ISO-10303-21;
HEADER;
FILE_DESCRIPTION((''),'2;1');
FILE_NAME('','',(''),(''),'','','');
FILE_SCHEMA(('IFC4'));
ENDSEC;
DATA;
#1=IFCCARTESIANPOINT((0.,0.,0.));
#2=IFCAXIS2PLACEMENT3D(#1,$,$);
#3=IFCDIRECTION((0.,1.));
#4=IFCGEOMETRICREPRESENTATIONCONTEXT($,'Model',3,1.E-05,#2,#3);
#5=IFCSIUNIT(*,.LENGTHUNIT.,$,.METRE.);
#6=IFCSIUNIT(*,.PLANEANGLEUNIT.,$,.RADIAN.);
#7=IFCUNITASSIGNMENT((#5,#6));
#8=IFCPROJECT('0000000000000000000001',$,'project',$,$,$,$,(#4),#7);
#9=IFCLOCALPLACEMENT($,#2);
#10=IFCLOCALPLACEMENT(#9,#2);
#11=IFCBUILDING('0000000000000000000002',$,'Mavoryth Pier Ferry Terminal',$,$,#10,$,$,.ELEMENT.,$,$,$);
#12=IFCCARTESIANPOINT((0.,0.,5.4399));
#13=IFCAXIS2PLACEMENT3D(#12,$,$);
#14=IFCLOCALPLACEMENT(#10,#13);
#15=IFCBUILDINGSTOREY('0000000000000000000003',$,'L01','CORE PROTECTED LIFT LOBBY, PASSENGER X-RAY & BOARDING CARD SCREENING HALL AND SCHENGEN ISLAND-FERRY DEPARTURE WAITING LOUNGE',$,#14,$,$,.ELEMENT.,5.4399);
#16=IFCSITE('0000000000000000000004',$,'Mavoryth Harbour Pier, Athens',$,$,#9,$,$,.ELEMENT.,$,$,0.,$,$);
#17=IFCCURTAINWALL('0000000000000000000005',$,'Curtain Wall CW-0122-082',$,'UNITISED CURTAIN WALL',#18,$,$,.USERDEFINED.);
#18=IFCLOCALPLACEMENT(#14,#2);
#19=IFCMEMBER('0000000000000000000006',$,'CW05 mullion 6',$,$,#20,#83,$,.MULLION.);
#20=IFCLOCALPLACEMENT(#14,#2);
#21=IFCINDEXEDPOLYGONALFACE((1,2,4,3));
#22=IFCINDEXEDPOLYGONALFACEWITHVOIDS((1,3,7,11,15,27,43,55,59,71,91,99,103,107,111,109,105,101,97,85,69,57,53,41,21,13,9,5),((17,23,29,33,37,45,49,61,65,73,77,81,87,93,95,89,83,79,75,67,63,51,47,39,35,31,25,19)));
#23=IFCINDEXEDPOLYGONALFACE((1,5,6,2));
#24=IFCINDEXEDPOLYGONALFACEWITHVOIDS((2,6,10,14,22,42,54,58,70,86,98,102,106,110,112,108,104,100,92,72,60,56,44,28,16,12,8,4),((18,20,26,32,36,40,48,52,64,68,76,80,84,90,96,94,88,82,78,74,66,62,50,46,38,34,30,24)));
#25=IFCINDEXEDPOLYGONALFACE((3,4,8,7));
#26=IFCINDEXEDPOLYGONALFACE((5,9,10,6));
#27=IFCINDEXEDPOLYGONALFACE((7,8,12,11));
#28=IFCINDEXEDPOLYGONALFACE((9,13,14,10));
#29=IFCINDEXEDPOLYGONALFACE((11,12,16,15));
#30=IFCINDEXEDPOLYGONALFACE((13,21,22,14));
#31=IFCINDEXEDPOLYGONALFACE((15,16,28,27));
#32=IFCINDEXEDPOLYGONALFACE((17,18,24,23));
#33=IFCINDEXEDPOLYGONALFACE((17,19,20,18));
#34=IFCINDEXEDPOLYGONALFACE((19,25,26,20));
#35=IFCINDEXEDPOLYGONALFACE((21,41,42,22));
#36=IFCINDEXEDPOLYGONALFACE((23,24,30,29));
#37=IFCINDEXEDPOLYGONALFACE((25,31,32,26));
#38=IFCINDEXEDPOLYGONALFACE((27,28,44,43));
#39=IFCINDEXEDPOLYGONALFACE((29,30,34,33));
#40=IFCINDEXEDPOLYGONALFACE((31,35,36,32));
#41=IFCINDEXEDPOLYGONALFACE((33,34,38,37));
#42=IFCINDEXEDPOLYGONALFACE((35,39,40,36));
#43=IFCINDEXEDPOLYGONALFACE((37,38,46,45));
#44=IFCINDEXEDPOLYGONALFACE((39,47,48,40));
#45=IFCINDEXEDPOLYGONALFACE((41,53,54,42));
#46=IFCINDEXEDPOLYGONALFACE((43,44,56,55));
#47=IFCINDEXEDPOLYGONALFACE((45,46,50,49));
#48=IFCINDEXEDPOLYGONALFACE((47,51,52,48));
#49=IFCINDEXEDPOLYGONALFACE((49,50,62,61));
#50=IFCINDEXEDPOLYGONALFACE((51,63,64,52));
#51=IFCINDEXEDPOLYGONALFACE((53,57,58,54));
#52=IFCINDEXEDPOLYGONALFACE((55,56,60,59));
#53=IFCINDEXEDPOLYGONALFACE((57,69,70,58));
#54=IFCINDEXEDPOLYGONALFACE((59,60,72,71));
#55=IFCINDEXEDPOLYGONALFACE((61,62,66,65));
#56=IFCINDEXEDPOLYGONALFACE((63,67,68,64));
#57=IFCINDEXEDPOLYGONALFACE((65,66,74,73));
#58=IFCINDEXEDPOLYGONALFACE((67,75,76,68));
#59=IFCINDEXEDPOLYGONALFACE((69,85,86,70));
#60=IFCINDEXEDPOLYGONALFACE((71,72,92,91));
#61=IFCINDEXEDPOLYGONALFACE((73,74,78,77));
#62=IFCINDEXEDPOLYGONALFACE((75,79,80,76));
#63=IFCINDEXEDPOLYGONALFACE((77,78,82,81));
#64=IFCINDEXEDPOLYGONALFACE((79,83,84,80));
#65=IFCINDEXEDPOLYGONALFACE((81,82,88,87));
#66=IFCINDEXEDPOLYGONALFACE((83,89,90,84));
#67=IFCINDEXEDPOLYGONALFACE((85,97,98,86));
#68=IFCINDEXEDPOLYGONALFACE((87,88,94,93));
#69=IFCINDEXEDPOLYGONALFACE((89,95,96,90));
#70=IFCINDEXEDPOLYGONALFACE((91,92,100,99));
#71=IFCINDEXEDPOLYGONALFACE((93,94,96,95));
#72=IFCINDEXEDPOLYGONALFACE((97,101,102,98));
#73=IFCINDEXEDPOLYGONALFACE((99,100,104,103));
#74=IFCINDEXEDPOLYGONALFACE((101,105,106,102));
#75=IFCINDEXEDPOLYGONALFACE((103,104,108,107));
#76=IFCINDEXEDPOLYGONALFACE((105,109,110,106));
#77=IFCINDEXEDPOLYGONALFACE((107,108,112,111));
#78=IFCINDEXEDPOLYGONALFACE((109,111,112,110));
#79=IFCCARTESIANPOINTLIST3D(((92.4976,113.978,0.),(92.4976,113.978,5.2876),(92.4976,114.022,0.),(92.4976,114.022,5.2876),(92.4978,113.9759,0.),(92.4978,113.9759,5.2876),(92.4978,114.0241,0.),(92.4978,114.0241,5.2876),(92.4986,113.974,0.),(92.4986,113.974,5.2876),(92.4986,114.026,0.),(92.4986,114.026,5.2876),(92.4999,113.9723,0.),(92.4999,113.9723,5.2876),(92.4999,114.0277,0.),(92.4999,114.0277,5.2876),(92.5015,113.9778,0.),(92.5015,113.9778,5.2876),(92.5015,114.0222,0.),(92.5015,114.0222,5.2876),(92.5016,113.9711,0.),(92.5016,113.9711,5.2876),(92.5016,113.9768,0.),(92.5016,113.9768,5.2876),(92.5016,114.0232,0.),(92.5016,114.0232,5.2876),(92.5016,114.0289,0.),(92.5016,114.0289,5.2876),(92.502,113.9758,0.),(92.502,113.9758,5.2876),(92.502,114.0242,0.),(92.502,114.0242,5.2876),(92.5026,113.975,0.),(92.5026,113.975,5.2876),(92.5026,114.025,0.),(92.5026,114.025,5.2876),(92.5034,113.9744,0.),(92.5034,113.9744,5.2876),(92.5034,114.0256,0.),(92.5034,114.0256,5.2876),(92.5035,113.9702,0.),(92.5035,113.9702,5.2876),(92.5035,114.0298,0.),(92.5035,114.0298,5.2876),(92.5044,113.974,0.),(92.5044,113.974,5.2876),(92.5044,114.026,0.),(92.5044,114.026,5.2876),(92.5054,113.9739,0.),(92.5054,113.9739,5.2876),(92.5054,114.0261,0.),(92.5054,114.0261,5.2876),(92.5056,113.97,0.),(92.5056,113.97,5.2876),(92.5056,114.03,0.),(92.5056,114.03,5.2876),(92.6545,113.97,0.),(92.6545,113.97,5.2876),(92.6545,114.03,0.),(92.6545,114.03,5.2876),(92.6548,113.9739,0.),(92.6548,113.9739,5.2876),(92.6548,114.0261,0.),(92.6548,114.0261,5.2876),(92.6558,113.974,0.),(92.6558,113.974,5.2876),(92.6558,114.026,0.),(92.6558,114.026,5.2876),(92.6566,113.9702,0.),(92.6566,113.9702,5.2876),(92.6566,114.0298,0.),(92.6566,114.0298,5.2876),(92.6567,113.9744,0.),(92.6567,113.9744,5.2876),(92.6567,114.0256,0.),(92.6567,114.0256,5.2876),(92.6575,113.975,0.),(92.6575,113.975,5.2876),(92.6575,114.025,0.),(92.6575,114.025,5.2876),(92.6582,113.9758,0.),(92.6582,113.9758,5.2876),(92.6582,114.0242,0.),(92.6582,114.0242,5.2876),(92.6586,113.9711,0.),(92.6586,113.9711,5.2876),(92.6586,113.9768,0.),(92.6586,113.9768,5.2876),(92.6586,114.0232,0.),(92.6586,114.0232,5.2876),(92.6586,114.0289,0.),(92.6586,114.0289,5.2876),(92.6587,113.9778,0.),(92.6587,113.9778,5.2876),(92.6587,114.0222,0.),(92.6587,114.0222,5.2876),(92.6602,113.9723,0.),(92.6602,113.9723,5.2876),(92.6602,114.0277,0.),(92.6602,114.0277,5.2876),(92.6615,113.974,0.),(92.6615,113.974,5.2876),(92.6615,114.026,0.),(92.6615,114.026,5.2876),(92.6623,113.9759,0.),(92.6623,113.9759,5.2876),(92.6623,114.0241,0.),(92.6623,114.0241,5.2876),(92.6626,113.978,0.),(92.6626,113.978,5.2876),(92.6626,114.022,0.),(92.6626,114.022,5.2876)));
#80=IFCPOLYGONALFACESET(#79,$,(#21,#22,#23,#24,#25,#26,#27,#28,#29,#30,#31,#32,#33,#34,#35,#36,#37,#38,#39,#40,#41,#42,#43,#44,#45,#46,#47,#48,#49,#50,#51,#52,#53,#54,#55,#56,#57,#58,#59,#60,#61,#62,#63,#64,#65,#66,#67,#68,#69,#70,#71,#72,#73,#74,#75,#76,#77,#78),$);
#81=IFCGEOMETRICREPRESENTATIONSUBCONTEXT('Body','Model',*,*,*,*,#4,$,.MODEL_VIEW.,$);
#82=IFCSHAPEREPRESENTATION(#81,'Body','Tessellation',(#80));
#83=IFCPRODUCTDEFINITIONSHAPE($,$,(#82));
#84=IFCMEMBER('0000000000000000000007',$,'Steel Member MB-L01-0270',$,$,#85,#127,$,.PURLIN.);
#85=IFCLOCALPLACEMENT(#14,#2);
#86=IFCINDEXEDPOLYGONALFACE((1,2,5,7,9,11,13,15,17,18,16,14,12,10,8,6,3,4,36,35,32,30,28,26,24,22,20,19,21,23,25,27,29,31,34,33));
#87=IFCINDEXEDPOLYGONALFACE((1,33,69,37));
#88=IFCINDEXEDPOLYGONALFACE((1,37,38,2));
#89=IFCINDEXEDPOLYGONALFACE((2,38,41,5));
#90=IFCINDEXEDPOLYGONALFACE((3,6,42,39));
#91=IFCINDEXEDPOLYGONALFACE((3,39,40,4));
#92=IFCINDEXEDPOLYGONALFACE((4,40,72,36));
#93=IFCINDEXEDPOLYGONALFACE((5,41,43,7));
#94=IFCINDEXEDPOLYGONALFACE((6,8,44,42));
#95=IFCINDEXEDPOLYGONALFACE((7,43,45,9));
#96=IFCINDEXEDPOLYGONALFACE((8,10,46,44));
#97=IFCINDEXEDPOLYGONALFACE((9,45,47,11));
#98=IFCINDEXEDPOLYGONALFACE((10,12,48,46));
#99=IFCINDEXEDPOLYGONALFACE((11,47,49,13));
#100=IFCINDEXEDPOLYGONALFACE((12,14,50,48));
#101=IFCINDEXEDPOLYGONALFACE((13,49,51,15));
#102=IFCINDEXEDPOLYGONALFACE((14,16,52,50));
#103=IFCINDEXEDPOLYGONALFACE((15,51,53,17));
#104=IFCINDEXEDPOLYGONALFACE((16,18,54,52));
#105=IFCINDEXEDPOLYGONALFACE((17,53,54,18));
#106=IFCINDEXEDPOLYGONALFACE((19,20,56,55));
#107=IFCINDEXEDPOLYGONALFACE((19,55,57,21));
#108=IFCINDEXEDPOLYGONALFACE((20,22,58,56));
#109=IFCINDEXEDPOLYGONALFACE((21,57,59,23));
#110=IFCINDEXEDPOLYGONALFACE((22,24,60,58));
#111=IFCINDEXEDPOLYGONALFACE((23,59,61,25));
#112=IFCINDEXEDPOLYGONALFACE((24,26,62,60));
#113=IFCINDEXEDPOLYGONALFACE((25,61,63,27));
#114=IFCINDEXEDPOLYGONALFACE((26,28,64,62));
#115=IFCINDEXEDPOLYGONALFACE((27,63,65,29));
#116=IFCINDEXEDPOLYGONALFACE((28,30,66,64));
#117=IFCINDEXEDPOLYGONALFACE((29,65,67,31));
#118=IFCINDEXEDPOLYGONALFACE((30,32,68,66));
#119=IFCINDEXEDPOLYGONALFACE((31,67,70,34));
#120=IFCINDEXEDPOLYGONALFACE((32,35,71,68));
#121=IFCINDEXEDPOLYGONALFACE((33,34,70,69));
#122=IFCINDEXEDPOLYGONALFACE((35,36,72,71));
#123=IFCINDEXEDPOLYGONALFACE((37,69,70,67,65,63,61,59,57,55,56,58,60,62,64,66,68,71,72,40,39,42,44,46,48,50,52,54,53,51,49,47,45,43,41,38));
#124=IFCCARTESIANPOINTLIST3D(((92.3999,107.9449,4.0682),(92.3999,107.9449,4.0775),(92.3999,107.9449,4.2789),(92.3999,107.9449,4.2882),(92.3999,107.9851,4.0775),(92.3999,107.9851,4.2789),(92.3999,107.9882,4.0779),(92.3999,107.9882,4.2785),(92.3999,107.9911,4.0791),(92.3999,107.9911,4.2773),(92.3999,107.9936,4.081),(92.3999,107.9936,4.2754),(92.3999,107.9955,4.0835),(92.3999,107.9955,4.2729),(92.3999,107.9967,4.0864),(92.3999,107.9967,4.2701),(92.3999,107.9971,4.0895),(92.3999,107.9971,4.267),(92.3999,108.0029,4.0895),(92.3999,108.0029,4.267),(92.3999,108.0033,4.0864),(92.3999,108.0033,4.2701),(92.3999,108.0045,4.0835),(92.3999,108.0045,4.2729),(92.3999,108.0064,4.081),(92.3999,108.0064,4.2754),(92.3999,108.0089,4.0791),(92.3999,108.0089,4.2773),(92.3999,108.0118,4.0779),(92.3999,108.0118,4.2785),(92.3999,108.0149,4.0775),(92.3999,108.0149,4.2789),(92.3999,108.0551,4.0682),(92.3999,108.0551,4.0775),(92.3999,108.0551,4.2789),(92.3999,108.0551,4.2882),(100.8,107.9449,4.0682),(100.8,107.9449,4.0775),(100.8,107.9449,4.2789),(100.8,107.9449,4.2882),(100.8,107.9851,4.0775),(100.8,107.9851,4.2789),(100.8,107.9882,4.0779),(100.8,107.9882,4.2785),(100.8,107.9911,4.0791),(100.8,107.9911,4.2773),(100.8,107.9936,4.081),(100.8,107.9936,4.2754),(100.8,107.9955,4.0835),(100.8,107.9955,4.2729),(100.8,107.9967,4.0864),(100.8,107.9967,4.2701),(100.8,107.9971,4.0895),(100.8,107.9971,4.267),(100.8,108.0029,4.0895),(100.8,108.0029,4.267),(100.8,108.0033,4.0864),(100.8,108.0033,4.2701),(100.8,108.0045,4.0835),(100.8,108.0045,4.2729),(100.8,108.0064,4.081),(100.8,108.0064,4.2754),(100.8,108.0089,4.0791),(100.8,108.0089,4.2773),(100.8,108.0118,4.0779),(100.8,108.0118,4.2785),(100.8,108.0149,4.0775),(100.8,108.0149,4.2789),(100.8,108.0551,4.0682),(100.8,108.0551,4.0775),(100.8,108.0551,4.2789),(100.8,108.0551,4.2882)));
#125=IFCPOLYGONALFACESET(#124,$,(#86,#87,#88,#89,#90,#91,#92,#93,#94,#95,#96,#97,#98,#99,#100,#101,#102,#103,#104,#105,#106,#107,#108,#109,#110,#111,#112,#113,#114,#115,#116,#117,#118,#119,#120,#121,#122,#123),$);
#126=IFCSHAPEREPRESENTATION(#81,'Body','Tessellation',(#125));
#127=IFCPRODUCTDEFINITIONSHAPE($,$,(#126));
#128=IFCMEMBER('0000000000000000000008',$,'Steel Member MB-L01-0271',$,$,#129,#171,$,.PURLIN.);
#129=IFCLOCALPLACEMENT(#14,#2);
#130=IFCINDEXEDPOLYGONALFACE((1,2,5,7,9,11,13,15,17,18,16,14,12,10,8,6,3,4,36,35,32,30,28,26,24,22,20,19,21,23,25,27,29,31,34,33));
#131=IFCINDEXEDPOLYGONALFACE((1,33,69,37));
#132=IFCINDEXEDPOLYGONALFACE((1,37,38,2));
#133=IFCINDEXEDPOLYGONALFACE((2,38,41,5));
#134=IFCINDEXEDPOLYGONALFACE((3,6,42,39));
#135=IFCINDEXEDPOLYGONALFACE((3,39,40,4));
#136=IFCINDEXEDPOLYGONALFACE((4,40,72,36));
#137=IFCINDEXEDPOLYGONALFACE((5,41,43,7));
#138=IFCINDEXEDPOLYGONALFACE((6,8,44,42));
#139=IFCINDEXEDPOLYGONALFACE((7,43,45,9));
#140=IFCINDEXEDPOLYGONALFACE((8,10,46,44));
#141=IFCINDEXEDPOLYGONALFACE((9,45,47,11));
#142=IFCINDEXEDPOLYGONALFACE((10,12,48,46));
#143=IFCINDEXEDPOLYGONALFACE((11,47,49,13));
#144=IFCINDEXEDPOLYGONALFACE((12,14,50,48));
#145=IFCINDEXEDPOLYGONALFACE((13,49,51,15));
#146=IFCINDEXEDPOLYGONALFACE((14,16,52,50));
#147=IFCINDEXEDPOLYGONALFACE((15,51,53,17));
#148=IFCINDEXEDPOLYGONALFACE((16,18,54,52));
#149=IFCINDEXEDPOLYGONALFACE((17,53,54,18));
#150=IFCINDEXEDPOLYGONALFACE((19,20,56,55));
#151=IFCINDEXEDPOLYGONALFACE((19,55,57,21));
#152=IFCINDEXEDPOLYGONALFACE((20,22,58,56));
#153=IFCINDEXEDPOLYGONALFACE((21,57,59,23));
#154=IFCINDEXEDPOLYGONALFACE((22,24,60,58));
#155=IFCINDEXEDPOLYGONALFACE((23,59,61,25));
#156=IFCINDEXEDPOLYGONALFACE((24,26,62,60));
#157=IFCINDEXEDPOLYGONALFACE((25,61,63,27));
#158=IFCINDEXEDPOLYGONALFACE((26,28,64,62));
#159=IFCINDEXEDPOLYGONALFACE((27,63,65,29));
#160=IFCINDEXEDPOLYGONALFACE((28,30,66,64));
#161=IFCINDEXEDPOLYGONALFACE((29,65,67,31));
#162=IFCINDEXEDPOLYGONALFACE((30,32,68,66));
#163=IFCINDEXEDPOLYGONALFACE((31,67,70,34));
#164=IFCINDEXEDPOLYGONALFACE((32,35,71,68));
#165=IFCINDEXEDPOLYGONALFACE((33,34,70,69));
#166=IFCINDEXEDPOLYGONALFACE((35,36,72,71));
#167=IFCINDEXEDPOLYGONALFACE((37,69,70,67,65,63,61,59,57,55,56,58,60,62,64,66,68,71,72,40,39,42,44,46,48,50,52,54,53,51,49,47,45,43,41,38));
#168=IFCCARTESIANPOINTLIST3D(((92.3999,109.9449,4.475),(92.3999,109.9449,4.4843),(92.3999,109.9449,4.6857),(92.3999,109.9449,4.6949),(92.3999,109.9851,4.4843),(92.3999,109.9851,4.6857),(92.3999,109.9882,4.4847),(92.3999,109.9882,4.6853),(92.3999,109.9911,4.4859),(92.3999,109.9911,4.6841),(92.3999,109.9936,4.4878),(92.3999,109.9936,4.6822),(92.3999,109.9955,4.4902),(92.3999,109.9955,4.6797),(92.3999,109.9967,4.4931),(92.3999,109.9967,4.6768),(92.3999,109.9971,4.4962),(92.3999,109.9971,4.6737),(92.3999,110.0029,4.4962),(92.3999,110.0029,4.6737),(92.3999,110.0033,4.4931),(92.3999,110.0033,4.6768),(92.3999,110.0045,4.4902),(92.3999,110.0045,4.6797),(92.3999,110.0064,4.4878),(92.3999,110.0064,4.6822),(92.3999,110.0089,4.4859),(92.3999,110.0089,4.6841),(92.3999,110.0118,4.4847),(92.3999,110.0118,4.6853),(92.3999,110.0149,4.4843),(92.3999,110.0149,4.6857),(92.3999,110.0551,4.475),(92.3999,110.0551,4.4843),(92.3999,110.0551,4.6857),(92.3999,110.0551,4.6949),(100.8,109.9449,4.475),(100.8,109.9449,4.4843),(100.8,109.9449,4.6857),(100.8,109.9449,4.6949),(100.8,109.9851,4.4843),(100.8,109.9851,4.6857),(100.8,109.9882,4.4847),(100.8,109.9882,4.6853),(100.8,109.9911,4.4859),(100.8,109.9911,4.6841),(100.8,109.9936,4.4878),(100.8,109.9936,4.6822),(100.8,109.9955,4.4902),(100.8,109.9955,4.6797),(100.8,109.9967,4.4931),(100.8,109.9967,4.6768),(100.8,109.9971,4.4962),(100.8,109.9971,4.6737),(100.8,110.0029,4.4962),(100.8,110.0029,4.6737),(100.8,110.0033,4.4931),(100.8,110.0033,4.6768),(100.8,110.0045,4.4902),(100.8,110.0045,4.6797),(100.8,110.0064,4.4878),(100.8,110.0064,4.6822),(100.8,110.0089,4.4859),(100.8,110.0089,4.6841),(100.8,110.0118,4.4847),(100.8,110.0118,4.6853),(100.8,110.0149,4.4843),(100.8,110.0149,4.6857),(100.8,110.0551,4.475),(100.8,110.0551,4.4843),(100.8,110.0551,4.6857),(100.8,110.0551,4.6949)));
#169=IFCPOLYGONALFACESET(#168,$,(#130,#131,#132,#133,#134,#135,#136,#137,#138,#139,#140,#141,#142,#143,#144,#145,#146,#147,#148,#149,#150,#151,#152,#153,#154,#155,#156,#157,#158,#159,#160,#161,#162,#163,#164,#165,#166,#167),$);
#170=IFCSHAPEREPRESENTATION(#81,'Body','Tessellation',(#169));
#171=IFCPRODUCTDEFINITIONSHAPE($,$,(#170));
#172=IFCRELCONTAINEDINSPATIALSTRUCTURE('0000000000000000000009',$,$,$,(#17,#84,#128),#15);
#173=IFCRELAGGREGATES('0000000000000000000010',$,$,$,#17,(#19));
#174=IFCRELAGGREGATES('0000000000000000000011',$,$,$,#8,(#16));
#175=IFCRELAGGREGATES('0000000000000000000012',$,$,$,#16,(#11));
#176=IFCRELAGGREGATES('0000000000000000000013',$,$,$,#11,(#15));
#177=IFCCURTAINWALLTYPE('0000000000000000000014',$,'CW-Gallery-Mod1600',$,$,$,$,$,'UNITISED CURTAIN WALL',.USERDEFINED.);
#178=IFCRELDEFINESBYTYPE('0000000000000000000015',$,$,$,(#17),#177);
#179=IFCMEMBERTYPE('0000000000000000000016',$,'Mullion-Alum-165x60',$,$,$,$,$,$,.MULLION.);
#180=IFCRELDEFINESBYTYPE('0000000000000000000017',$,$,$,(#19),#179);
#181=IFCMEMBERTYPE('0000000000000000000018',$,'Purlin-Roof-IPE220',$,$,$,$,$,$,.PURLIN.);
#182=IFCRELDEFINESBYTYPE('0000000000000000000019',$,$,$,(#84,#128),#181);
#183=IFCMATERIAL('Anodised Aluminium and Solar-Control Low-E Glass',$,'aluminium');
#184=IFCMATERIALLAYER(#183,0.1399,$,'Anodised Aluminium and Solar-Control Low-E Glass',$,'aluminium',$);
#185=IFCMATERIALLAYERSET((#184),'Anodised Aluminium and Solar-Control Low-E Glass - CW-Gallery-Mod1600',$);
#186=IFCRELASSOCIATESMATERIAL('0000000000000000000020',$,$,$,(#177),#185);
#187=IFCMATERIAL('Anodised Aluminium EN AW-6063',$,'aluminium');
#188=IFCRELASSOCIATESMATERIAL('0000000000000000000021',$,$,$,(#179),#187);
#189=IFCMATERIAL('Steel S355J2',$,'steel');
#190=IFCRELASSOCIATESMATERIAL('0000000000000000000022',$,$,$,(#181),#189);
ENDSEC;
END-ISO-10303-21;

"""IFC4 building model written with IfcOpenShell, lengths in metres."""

from ifc_helpers import new_model, si_unit, direction, frame, origin, origin_2d, place, context, subcontext, project, spatial, hollow_rectangle, i_section, extrude, material, layer, layer_set, material_profile, profile_set, type_object, element, aggregate, save


model = new_model("IFC4")

# Units and contexts
model_context = context("Model", 3, precision=1e-05, world=origin(), true_north=direction((0.0, 1.0)))
body_context = subcontext(model_context, "Body", "Model", "MODEL_VIEW")
ifc_project = project(units=[si_unit("LENGTHUNIT", "METRE"), si_unit("PLANEANGLEUNIT", "RADIAN")], contexts=[model_context])

# Site, building, storey
site_placement = place(None, origin())
site = spatial("IfcSite", under=ifc_project, at=site_placement, Name="Mavoryth Harbour Pier, Athens", CompositionType="ELEMENT", RefElevation=0.0)
building_placement = place(site_placement, origin())
building = spatial("IfcBuilding", under=site, at=building_placement, Name="Mavoryth Pier Ferry Terminal", CompositionType="ELEMENT")
storey_placement = place(building_placement, frame((0.0, 0.0, 5.4399)))
storey = spatial("IfcBuildingStorey", under=building, at=storey_placement, Name="L01", Description="CORE PROTECTED LIFT LOBBY, PASSENGER X-RAY & BOARDING CARD SCREENING HALL AND SCHENGEN ISLAND-FERRY DEPARTURE WAITING LOUNGE", CompositionType="ELEMENT", Elevation=5.4399)

# Shared definitions
ifc_material_1 = material(Name="Steel S355J2", Category="steel")

# Curtain wall, member
ifc_material_2 = material(Name="Anodised Aluminium and Solar-Control Low-E Glass", Category="aluminium")
ifc_layer_1 = layer(ifc_material_2, 0.1399, Name="Anodised Aluminium and Solar-Control Low-E Glass", Category="aluminium")
ifc_layer_set_1 = layer_set([ifc_layer_1], Name="Anodised Aluminium and Solar-Control Low-E Glass - CW-Gallery-Mod1600")
curtain_wall_type = type_object("IfcCurtainWallType", Name="CW-Gallery-Mod1600", ElementType="UNITISED CURTAIN WALL", PredefinedType="USERDEFINED", material=ifc_layer_set_1)
ifc_material_3 = material(Name="Anodised Aluminium EN AW-6063", Category="aluminium")
ifc_material_profile_1 = material_profile(ifc_material_3, hollow_rectangle(XDim=0.0601, YDim=0.165, WallThickness=0.0039, InnerFilletRadius=0.0039, OuterFilletRadius=0.0081, at=origin_2d()), Name="AL-MULL 165x60x4", Category="aluminium")
ifc_profile_set_1 = profile_set([ifc_material_profile_1], Name="Anodised Aluminium EN AW-6063 - AL-MULL 165x60x4")
member_type_1 = type_object("IfcMemberType", Name="Mullion-Alum-165x60", PredefinedType="MULLION", material=ifc_profile_set_1)
curtain_wall_1_placement = place(storey_placement, origin())
curtain_wall_1 = element("IfcCurtainWall", 1, at=curtain_wall_1_placement, inside=storey, type_object=curtain_wall_type, Name="Curtain Wall CW-0122-082", ObjectType="UNITISED CURTAIN WALL", PredefinedType="USERDEFINED")
member_1_placement = place(storey_placement, frame((92.5801, 114.0, 0.0), z_axis=(0.0, 0.0, 1.0), x_axis=(0.0, -1.0, 0.0)))
member_1 = element("IfcMember", 2, at=member_1_placement, type_object=member_type_1, Name="CW05 mullion 6", PredefinedType="MULLION", context=body_context, shape_type="SweptSolid", body=[
    extrude(hollow_rectangle(XDim=0.0601, YDim=0.165, WallThickness=0.0039, InnerFilletRadius=0.0039, OuterFilletRadius=0.0081, at=origin_2d()), origin(), (0.0, 0.0, 1.0), 5.2876),
])

# Members
ifc_material_profile_2 = material_profile(ifc_material_1, i_section(OverallWidth=0.1101, OverallDepth=0.22, WebThickness=0.0059, FlangeThickness=0.0093, FilletRadius=0.012, at=origin_2d()), Name="IPE 220", Category="steel")
ifc_profile_set_2 = profile_set([ifc_material_profile_2], Name="Steel S355J2 - IPE 220")
member_type_2 = type_object("IfcMemberType", Name="Purlin-Roof-IPE220", PredefinedType="PURLIN", material=ifc_profile_set_2)
for number, where, z_axis, x_axis, name in (
    (3, (92.3999, 108.0, 4.1782), (1.0, 0.0, 0.0), (0.0, 1.0, 0.0), "Steel Member MB-L01-0270"),
    (4, (92.3999, 110.0, 4.585), (1.0, 0.0, 0.0), (0.0, 1.0, 0.0), "Steel Member MB-L01-0271"),
):
    element("IfcMember", number, at=place(storey_placement, frame(where, z_axis=z_axis, x_axis=x_axis)), inside=storey, type_object=member_type_2, Name=name, PredefinedType="PURLIN", context=body_context, shape_type="SweptSolid", body=[
        extrude(i_section(OverallWidth=0.1101, OverallDepth=0.22, WebThickness=0.0059, FlangeThickness=0.0093, FilletRadius=0.012, at=origin_2d()), origin(), (0.0, 0.0, 1.0), 8.4001),
    ])

aggregate(curtain_wall_1, [member_1])

save(model, "model.ifc")
